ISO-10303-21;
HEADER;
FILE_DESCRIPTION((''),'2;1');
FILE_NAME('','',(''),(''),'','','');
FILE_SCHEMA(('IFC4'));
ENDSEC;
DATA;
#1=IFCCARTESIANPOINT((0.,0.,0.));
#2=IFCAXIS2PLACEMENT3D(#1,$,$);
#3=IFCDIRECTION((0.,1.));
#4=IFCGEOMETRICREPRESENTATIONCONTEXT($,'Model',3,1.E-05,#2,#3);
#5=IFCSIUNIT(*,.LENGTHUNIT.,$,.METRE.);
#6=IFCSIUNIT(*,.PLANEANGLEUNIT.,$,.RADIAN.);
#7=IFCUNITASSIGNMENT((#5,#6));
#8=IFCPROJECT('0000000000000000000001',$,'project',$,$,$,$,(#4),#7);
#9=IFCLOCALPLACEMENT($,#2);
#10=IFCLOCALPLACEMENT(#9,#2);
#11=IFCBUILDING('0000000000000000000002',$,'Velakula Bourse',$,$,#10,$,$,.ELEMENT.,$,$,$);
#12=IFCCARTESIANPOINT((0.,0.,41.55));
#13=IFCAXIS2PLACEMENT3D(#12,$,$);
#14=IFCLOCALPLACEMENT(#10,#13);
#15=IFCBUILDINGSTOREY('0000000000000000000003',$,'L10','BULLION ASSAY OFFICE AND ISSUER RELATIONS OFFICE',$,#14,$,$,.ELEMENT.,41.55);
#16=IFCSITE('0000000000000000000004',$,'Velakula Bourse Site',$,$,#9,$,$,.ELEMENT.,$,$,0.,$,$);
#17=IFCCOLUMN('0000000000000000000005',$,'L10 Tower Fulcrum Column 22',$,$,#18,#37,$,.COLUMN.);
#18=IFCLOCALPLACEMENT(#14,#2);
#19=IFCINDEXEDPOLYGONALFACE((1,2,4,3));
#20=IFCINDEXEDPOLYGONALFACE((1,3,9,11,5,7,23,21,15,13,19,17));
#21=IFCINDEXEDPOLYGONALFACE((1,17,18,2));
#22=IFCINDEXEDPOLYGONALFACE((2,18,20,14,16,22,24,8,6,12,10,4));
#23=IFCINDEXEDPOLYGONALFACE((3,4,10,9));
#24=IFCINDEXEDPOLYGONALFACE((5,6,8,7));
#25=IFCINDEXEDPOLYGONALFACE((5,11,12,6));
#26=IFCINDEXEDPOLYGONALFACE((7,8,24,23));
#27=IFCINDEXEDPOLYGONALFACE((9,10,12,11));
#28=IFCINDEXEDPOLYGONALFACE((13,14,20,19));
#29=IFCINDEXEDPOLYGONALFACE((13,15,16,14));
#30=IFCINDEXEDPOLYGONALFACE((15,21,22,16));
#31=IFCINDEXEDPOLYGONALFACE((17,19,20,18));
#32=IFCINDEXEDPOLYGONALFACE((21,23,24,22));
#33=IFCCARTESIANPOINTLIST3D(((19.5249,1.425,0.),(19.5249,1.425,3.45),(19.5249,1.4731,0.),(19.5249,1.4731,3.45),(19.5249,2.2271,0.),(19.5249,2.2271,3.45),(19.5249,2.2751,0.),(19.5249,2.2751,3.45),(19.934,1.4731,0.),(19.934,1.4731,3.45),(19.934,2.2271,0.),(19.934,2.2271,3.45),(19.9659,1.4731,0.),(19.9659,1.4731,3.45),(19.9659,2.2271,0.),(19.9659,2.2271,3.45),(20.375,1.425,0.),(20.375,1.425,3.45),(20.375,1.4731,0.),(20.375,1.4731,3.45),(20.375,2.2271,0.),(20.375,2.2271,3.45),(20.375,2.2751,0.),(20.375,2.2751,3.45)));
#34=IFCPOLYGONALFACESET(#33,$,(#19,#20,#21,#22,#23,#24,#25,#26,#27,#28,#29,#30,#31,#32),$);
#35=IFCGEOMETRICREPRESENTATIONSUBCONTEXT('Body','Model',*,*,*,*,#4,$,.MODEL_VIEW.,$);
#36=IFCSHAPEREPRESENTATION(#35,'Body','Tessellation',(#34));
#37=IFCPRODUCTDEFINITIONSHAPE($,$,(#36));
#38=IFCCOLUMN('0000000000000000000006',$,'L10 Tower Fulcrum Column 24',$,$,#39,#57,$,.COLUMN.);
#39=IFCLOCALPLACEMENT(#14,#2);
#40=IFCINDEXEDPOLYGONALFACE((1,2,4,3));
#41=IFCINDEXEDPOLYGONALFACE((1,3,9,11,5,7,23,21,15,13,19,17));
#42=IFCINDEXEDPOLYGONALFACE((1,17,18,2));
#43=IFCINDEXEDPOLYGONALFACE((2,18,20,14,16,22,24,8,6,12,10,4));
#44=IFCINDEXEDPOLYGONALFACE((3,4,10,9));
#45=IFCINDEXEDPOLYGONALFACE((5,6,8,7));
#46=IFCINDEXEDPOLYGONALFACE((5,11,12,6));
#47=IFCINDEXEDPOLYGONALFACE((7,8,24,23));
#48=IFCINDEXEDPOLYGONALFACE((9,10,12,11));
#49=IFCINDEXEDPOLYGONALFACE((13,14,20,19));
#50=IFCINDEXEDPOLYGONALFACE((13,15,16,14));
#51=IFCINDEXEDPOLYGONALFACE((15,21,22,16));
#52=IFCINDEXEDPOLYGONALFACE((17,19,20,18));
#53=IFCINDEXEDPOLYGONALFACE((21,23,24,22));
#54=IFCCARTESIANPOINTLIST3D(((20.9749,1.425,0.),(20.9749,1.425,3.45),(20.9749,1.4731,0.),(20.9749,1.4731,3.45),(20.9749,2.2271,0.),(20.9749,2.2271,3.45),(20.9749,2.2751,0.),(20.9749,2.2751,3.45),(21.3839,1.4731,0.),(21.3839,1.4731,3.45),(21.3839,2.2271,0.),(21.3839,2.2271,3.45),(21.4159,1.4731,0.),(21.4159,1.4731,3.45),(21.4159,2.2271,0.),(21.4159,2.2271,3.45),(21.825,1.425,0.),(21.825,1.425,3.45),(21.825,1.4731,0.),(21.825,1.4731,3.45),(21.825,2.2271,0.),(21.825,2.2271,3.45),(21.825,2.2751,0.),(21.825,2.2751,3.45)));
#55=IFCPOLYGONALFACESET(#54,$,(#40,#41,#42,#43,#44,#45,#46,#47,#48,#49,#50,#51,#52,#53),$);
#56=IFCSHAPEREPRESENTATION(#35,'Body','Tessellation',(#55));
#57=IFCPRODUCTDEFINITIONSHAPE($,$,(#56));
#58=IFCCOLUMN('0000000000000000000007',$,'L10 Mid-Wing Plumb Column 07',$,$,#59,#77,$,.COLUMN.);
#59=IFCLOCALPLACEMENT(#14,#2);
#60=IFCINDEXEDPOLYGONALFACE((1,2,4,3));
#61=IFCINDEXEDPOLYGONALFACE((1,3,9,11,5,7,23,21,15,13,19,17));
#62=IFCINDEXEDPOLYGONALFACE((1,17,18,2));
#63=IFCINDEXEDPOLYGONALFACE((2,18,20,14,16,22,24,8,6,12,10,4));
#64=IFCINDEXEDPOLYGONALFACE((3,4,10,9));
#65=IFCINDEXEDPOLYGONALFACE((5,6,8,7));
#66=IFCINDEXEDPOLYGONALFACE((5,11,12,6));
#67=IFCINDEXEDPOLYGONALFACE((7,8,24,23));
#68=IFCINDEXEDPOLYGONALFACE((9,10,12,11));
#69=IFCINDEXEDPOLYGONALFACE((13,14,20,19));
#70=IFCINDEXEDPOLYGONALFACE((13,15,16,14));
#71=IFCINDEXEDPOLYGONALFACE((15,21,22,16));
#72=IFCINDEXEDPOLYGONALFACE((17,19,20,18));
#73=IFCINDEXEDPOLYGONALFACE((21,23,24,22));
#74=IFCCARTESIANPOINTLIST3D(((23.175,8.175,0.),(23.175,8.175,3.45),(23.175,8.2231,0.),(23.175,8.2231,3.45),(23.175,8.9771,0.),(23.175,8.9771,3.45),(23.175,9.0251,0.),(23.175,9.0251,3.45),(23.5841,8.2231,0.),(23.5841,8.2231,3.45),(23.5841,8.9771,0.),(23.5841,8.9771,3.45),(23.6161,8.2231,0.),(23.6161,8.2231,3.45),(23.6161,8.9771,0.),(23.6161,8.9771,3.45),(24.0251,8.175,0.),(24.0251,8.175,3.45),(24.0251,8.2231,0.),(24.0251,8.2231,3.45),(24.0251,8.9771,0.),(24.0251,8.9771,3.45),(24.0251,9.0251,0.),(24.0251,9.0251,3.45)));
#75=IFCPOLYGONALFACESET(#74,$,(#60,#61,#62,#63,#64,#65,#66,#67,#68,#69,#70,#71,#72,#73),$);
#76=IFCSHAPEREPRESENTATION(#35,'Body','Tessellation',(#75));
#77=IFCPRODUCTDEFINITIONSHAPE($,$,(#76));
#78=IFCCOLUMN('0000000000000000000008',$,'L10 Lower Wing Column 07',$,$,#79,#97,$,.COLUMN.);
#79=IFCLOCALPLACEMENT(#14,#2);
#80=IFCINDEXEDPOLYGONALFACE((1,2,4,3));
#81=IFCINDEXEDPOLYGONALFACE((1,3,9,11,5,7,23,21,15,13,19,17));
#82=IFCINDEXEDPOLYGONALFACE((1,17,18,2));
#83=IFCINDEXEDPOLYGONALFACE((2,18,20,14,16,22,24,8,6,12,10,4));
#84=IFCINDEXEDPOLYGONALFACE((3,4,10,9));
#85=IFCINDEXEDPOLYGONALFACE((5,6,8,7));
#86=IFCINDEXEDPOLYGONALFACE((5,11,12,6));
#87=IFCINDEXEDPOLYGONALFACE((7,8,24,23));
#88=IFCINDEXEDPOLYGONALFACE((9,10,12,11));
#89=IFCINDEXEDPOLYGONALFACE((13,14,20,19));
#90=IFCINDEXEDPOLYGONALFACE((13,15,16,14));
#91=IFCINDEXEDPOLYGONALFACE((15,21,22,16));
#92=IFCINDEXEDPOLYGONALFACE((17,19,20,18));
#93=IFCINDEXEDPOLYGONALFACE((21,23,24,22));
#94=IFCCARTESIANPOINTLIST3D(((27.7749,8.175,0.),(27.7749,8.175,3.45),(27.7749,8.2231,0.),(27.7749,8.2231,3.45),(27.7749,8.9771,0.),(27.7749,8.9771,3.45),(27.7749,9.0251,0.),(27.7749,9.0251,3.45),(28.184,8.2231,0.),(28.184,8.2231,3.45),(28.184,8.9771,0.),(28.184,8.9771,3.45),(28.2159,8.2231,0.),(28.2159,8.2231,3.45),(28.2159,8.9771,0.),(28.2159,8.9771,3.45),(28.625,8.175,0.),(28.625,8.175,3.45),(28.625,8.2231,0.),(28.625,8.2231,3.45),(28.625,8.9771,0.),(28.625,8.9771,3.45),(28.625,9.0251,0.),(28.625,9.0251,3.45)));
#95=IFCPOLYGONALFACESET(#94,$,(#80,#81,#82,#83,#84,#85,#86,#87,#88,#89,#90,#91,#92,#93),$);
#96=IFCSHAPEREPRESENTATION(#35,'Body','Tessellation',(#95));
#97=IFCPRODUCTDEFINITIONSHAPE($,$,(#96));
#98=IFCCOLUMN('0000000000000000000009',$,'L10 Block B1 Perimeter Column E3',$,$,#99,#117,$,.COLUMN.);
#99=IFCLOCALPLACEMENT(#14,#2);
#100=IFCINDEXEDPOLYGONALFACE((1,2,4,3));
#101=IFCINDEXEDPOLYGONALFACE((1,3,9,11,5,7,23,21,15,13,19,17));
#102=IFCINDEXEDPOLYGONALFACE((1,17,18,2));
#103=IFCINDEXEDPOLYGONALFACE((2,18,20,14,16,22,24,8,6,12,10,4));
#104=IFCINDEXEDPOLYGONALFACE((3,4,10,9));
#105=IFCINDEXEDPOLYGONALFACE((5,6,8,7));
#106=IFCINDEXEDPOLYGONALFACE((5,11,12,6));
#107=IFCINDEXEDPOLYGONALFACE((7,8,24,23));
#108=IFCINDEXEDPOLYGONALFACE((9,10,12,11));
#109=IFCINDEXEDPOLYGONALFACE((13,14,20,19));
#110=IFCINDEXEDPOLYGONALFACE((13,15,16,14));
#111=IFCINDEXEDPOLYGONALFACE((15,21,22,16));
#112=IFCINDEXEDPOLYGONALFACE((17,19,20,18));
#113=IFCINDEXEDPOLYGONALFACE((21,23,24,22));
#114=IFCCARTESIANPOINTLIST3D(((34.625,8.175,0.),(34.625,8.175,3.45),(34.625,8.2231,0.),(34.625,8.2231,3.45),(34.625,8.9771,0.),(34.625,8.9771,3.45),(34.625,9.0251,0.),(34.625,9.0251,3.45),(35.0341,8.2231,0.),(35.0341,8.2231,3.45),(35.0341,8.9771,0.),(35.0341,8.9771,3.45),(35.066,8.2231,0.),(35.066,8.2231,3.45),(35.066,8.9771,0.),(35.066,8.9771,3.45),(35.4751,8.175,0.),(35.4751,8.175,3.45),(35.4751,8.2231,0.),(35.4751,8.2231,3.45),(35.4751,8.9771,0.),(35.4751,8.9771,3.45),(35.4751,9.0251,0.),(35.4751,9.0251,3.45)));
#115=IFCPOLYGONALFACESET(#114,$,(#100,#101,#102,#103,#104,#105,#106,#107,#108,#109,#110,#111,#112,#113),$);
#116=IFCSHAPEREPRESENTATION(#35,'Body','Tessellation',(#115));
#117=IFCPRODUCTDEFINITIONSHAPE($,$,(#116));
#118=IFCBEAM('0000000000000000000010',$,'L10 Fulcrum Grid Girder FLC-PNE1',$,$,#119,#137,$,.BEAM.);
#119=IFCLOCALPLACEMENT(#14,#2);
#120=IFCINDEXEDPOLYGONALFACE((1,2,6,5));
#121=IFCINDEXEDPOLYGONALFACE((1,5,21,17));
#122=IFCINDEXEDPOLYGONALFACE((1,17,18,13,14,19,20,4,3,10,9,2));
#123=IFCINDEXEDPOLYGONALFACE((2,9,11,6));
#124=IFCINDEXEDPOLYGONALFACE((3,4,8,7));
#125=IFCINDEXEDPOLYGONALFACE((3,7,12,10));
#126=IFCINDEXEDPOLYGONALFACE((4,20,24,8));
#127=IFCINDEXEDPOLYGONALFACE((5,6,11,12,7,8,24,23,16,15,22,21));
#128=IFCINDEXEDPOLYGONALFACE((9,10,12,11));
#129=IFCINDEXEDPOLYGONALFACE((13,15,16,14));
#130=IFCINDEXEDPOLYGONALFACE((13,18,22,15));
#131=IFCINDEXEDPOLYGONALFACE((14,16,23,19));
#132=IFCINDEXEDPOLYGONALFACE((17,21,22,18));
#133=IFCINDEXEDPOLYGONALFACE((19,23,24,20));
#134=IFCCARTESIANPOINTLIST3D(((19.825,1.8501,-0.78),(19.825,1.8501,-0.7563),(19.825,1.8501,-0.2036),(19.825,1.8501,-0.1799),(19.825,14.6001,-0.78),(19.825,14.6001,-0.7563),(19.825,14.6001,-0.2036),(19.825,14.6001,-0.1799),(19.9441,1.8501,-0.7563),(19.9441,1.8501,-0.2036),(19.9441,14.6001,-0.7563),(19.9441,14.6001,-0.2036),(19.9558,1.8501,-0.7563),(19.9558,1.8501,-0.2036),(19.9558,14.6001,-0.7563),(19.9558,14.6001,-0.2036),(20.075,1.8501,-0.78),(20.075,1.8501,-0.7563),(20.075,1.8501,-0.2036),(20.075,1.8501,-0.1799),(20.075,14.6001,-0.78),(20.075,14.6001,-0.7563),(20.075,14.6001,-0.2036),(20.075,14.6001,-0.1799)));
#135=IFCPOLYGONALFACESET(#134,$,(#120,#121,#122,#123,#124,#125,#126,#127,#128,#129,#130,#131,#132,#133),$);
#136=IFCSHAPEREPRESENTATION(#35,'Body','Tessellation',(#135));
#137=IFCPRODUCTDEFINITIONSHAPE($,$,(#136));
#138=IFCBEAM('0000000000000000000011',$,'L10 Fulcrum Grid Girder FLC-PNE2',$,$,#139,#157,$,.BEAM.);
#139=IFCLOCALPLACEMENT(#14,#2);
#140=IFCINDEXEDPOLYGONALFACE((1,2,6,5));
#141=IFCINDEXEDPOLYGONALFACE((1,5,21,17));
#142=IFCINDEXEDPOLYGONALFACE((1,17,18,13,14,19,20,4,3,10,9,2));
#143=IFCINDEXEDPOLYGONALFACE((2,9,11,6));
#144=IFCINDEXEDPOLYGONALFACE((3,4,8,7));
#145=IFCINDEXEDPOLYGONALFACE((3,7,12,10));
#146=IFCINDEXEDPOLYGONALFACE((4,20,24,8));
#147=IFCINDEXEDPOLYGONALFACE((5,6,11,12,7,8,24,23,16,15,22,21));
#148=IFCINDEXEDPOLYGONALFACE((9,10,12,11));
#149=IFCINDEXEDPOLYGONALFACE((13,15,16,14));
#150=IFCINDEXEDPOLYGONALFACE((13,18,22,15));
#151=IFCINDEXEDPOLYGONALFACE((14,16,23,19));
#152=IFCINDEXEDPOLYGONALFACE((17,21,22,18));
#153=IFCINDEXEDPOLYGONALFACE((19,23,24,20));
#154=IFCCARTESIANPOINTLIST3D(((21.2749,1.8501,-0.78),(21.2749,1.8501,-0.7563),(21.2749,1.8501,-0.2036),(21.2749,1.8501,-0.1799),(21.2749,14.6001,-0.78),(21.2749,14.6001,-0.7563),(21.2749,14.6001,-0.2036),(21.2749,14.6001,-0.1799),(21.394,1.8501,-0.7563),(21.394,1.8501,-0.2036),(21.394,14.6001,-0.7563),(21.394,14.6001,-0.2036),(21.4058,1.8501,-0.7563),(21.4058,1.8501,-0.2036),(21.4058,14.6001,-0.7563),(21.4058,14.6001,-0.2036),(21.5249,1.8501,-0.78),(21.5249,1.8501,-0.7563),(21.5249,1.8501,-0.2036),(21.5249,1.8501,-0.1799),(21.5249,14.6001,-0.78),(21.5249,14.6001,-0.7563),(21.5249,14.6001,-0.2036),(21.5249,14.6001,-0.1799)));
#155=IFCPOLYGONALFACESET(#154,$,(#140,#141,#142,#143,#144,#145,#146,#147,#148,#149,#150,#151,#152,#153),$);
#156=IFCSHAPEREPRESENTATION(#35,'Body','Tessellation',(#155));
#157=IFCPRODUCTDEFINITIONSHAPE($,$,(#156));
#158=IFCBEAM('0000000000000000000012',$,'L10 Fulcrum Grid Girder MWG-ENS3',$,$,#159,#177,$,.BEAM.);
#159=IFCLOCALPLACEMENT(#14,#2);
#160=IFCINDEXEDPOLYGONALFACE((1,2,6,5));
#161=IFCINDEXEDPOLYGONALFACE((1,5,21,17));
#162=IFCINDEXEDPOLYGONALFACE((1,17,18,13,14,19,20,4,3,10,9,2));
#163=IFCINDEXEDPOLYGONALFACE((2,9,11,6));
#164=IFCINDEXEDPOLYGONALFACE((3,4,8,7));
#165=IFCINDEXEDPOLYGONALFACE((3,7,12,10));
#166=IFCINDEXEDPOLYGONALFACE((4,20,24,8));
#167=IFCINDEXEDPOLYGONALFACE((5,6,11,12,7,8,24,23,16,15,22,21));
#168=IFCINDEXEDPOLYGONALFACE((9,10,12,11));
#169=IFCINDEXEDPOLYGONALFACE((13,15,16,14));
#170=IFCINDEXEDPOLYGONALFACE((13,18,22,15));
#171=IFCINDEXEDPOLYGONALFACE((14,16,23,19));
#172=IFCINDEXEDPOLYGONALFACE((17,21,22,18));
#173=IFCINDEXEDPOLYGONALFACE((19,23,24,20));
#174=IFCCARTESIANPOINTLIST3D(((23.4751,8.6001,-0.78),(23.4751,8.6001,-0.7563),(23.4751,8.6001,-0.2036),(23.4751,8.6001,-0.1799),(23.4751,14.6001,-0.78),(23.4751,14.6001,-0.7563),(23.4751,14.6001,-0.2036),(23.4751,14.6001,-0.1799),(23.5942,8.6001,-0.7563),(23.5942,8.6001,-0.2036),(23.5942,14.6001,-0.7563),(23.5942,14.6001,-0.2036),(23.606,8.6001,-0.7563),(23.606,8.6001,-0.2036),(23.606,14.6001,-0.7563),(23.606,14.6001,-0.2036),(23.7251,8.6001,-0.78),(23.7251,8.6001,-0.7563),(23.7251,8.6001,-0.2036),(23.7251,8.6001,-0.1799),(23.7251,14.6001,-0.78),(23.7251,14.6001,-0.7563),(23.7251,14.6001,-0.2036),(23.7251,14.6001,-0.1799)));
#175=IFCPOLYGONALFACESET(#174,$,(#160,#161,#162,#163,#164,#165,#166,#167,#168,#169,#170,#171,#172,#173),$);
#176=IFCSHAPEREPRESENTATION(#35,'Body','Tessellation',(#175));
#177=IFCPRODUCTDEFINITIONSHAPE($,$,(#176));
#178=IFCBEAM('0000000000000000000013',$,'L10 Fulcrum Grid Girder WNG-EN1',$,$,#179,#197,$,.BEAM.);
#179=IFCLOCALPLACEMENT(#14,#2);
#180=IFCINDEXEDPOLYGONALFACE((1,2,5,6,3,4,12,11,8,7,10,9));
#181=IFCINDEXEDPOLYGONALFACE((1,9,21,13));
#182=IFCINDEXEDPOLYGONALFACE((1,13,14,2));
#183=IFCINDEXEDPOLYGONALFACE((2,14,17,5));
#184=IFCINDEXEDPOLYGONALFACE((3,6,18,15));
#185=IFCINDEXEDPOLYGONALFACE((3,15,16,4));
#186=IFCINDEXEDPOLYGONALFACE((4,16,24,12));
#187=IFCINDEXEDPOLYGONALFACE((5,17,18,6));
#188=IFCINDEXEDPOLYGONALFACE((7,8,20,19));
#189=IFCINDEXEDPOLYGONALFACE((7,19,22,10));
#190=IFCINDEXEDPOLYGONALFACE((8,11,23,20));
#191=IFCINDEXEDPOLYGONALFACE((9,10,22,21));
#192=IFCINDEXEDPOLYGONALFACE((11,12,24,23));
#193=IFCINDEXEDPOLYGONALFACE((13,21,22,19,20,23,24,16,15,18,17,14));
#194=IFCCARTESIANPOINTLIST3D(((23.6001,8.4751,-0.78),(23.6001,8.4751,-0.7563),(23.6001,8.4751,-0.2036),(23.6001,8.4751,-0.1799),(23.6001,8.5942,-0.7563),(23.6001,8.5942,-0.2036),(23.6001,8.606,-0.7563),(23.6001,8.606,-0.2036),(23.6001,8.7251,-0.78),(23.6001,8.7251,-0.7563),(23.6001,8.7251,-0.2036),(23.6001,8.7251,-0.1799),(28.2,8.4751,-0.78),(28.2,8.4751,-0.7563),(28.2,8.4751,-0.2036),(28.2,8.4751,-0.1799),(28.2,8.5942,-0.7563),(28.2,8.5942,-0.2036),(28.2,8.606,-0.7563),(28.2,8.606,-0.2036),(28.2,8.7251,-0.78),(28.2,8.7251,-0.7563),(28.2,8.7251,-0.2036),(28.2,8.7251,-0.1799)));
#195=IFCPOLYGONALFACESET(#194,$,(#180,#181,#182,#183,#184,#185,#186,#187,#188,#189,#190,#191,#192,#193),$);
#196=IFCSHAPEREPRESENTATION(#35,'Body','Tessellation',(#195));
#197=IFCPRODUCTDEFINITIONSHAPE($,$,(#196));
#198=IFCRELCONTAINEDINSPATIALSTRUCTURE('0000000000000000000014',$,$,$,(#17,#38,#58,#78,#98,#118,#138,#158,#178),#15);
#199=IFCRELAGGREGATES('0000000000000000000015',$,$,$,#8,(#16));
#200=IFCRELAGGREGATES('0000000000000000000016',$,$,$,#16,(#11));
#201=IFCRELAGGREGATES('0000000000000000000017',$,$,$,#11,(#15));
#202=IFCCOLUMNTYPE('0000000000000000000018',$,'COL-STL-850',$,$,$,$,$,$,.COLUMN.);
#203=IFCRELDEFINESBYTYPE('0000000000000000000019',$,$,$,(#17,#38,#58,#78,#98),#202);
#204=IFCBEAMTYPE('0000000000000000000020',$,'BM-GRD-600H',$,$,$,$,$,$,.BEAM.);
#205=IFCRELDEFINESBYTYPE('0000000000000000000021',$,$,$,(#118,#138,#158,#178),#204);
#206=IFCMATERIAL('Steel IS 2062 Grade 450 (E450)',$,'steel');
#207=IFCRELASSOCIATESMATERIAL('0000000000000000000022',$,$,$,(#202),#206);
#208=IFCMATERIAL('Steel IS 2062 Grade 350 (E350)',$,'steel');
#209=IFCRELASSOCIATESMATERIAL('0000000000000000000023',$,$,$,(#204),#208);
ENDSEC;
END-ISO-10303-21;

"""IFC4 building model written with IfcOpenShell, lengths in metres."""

from ifc_helpers import new_model, si_unit, direction, frame, origin, origin_2d, place, context, subcontext, project, spatial, i_section, extrude, material, material_profile, profile_set, type_object, element, save


model = new_model("IFC4")

# Units and contexts
model_context = context("Model", 3, precision=1e-05, world=origin(), true_north=direction((0.0, 1.0)))
body_context = subcontext(model_context, "Body", "Model", "MODEL_VIEW")
ifc_project = project(units=[si_unit("LENGTHUNIT", "METRE"), si_unit("PLANEANGLEUNIT", "RADIAN")], contexts=[model_context])

# Site, building, storey
site_placement = place(None, origin())
site = spatial("IfcSite", under=ifc_project, at=site_placement, Name="Velakula Bourse Site", CompositionType="ELEMENT", RefElevation=0.0)
building_placement = place(site_placement, origin())
building = spatial("IfcBuilding", under=site, at=building_placement, Name="Velakula Bourse", CompositionType="ELEMENT")
storey_placement = place(building_placement, frame((0.0, 0.0, 41.55)))
storey = spatial("IfcBuildingStorey", under=building, at=storey_placement, Name="L10", Description="BULLION ASSAY OFFICE AND ISSUER RELATIONS OFFICE", CompositionType="ELEMENT", Elevation=41.55)

# Columns
ifc_material_1 = material(Name="Steel IS 2062 Grade 450 (E450)", Category="steel")
ifc_material_profile_1 = material_profile(ifc_material_1, i_section(OverallWidth=0.8501, OverallDepth=0.8501, WebThickness=0.032, FlangeThickness=0.0481, at=origin_2d()), Name="Steel IS 2062 Grade 450 (E450)")
ifc_profile_set_1 = profile_set([ifc_material_profile_1], Name="Steel IS 2062 Grade 450 (E450)")
column_type = type_object("IfcColumnType", Name="COL-STL-850", PredefinedType="COLUMN", material=ifc_profile_set_1)
for number, where, z_axis, x_axis, name in (
    (1, (19.95, 1.8501, 0.0), (0.0, 0.0, 1.0), (1.0, 0.0, 0.0), "L10 Tower Fulcrum Column 22"),
    (2, (21.3999, 1.8501, 0.0), (0.0, 0.0, 1.0), (1.0, 0.0, 0.0), "L10 Tower Fulcrum Column 24"),
    (3, (23.6001, 8.6001, 0.0), (0.0, 0.0, 1.0), (1.0, 0.0, 0.0), "L10 Mid-Wing Plumb Column 07"),
    (4, (28.2, 8.6001, 0.0), (0.0, 0.0, 1.0), (1.0, 0.0, 0.0), "L10 Lower Wing Column 07"),
    (5, (35.05, 8.6001, 0.0), (0.0, 0.0, 1.0), (1.0, 0.0, 0.0), "L10 Block B1 Perimeter Column E3"),
):
    element("IfcColumn", number, at=place(storey_placement, frame(where, z_axis=z_axis, x_axis=x_axis)), inside=storey, type_object=column_type, Name=name, PredefinedType="COLUMN", context=body_context, shape_type="SweptSolid", body=[
        extrude(i_section(OverallWidth=0.8501, OverallDepth=0.8501, WebThickness=0.032, FlangeThickness=0.0481, at=origin_2d()), origin(), (0.0, 0.0, 1.0), 3.45),
    ])

# Beams
ifc_material_2 = material(Name="Steel IS 2062 Grade 350 (E350)", Category="steel")
ifc_material_profile_2 = material_profile(ifc_material_2, i_section(OverallWidth=0.25, OverallDepth=0.6001, WebThickness=0.0117, FlangeThickness=0.0237, at=origin_2d()), Name="Steel IS 2062 Grade 350 (E350)")
ifc_profile_set_2 = profile_set([ifc_material_profile_2], Name="Steel IS 2062 Grade 350 (E350)")
beam_type_1 = type_object("IfcBeamType", Name="BM-GRD-600H", PredefinedType="BEAM", material=ifc_profile_set_2)
for number, where, z_axis, x_axis, name in (
    (6, (19.95, 1.8501, -0.48), (0.0, 1.0, 0.0), (-1.0, 0.0, 0.0), "L10 Fulcrum Grid Girder FLC-PNE1"),
    (7, (21.3999, 1.8501, -0.48), (0.0, 1.0, 0.0), (-1.0, 0.0, 0.0), "L10 Fulcrum Grid Girder FLC-PNE2"),
):
    element("IfcBeam", number, at=place(storey_placement, frame(where, z_axis=z_axis, x_axis=x_axis)), inside=storey, type_object=beam_type_1, Name=name, PredefinedType="BEAM", context=body_context, shape_type="SweptSolid", body=[
        extrude(i_section(OverallWidth=0.25, OverallDepth=0.6001, WebThickness=0.0117, FlangeThickness=0.0237, at=origin_2d()), origin(), (0.0, 0.0, 1.0), 12.75),
    ])
beam_1_placement = place(storey_placement, frame((23.6001, 8.6001, -0.48), z_axis=(0.0, 1.0, 0.0), x_axis=(-1.0, 0.0, 0.0)))
element("IfcBeam", 8, at=beam_1_placement, inside=storey, type_object=beam_type_1, Name="L10 Fulcrum Grid Girder MWG-ENS3", PredefinedType="BEAM", context=body_context, shape_type="SweptSolid", body=[
    extrude(i_section(OverallWidth=0.25, OverallDepth=0.6001, WebThickness=0.0117, FlangeThickness=0.0237, at=origin_2d()), origin(), (0.0, 0.0, 1.0), 6.0),
])
beam_2_placement = place(storey_placement, frame((23.6001, 8.6001, -0.48), z_axis=(1.0, 0.0, 0.0), x_axis=(0.0, 1.0, 0.0)))
element("IfcBeam", 9, at=beam_2_placement, inside=storey, type_object=beam_type_1, Name="L10 Fulcrum Grid Girder WNG-EN1", PredefinedType="BEAM", context=body_context, shape_type="SweptSolid", body=[
    extrude(i_section(OverallWidth=0.25, OverallDepth=0.6001, WebThickness=0.0117, FlangeThickness=0.0237, at=origin_2d()), origin(), (0.0, 0.0, 1.0), 4.5999),
])

save(model, "model.ifc")
